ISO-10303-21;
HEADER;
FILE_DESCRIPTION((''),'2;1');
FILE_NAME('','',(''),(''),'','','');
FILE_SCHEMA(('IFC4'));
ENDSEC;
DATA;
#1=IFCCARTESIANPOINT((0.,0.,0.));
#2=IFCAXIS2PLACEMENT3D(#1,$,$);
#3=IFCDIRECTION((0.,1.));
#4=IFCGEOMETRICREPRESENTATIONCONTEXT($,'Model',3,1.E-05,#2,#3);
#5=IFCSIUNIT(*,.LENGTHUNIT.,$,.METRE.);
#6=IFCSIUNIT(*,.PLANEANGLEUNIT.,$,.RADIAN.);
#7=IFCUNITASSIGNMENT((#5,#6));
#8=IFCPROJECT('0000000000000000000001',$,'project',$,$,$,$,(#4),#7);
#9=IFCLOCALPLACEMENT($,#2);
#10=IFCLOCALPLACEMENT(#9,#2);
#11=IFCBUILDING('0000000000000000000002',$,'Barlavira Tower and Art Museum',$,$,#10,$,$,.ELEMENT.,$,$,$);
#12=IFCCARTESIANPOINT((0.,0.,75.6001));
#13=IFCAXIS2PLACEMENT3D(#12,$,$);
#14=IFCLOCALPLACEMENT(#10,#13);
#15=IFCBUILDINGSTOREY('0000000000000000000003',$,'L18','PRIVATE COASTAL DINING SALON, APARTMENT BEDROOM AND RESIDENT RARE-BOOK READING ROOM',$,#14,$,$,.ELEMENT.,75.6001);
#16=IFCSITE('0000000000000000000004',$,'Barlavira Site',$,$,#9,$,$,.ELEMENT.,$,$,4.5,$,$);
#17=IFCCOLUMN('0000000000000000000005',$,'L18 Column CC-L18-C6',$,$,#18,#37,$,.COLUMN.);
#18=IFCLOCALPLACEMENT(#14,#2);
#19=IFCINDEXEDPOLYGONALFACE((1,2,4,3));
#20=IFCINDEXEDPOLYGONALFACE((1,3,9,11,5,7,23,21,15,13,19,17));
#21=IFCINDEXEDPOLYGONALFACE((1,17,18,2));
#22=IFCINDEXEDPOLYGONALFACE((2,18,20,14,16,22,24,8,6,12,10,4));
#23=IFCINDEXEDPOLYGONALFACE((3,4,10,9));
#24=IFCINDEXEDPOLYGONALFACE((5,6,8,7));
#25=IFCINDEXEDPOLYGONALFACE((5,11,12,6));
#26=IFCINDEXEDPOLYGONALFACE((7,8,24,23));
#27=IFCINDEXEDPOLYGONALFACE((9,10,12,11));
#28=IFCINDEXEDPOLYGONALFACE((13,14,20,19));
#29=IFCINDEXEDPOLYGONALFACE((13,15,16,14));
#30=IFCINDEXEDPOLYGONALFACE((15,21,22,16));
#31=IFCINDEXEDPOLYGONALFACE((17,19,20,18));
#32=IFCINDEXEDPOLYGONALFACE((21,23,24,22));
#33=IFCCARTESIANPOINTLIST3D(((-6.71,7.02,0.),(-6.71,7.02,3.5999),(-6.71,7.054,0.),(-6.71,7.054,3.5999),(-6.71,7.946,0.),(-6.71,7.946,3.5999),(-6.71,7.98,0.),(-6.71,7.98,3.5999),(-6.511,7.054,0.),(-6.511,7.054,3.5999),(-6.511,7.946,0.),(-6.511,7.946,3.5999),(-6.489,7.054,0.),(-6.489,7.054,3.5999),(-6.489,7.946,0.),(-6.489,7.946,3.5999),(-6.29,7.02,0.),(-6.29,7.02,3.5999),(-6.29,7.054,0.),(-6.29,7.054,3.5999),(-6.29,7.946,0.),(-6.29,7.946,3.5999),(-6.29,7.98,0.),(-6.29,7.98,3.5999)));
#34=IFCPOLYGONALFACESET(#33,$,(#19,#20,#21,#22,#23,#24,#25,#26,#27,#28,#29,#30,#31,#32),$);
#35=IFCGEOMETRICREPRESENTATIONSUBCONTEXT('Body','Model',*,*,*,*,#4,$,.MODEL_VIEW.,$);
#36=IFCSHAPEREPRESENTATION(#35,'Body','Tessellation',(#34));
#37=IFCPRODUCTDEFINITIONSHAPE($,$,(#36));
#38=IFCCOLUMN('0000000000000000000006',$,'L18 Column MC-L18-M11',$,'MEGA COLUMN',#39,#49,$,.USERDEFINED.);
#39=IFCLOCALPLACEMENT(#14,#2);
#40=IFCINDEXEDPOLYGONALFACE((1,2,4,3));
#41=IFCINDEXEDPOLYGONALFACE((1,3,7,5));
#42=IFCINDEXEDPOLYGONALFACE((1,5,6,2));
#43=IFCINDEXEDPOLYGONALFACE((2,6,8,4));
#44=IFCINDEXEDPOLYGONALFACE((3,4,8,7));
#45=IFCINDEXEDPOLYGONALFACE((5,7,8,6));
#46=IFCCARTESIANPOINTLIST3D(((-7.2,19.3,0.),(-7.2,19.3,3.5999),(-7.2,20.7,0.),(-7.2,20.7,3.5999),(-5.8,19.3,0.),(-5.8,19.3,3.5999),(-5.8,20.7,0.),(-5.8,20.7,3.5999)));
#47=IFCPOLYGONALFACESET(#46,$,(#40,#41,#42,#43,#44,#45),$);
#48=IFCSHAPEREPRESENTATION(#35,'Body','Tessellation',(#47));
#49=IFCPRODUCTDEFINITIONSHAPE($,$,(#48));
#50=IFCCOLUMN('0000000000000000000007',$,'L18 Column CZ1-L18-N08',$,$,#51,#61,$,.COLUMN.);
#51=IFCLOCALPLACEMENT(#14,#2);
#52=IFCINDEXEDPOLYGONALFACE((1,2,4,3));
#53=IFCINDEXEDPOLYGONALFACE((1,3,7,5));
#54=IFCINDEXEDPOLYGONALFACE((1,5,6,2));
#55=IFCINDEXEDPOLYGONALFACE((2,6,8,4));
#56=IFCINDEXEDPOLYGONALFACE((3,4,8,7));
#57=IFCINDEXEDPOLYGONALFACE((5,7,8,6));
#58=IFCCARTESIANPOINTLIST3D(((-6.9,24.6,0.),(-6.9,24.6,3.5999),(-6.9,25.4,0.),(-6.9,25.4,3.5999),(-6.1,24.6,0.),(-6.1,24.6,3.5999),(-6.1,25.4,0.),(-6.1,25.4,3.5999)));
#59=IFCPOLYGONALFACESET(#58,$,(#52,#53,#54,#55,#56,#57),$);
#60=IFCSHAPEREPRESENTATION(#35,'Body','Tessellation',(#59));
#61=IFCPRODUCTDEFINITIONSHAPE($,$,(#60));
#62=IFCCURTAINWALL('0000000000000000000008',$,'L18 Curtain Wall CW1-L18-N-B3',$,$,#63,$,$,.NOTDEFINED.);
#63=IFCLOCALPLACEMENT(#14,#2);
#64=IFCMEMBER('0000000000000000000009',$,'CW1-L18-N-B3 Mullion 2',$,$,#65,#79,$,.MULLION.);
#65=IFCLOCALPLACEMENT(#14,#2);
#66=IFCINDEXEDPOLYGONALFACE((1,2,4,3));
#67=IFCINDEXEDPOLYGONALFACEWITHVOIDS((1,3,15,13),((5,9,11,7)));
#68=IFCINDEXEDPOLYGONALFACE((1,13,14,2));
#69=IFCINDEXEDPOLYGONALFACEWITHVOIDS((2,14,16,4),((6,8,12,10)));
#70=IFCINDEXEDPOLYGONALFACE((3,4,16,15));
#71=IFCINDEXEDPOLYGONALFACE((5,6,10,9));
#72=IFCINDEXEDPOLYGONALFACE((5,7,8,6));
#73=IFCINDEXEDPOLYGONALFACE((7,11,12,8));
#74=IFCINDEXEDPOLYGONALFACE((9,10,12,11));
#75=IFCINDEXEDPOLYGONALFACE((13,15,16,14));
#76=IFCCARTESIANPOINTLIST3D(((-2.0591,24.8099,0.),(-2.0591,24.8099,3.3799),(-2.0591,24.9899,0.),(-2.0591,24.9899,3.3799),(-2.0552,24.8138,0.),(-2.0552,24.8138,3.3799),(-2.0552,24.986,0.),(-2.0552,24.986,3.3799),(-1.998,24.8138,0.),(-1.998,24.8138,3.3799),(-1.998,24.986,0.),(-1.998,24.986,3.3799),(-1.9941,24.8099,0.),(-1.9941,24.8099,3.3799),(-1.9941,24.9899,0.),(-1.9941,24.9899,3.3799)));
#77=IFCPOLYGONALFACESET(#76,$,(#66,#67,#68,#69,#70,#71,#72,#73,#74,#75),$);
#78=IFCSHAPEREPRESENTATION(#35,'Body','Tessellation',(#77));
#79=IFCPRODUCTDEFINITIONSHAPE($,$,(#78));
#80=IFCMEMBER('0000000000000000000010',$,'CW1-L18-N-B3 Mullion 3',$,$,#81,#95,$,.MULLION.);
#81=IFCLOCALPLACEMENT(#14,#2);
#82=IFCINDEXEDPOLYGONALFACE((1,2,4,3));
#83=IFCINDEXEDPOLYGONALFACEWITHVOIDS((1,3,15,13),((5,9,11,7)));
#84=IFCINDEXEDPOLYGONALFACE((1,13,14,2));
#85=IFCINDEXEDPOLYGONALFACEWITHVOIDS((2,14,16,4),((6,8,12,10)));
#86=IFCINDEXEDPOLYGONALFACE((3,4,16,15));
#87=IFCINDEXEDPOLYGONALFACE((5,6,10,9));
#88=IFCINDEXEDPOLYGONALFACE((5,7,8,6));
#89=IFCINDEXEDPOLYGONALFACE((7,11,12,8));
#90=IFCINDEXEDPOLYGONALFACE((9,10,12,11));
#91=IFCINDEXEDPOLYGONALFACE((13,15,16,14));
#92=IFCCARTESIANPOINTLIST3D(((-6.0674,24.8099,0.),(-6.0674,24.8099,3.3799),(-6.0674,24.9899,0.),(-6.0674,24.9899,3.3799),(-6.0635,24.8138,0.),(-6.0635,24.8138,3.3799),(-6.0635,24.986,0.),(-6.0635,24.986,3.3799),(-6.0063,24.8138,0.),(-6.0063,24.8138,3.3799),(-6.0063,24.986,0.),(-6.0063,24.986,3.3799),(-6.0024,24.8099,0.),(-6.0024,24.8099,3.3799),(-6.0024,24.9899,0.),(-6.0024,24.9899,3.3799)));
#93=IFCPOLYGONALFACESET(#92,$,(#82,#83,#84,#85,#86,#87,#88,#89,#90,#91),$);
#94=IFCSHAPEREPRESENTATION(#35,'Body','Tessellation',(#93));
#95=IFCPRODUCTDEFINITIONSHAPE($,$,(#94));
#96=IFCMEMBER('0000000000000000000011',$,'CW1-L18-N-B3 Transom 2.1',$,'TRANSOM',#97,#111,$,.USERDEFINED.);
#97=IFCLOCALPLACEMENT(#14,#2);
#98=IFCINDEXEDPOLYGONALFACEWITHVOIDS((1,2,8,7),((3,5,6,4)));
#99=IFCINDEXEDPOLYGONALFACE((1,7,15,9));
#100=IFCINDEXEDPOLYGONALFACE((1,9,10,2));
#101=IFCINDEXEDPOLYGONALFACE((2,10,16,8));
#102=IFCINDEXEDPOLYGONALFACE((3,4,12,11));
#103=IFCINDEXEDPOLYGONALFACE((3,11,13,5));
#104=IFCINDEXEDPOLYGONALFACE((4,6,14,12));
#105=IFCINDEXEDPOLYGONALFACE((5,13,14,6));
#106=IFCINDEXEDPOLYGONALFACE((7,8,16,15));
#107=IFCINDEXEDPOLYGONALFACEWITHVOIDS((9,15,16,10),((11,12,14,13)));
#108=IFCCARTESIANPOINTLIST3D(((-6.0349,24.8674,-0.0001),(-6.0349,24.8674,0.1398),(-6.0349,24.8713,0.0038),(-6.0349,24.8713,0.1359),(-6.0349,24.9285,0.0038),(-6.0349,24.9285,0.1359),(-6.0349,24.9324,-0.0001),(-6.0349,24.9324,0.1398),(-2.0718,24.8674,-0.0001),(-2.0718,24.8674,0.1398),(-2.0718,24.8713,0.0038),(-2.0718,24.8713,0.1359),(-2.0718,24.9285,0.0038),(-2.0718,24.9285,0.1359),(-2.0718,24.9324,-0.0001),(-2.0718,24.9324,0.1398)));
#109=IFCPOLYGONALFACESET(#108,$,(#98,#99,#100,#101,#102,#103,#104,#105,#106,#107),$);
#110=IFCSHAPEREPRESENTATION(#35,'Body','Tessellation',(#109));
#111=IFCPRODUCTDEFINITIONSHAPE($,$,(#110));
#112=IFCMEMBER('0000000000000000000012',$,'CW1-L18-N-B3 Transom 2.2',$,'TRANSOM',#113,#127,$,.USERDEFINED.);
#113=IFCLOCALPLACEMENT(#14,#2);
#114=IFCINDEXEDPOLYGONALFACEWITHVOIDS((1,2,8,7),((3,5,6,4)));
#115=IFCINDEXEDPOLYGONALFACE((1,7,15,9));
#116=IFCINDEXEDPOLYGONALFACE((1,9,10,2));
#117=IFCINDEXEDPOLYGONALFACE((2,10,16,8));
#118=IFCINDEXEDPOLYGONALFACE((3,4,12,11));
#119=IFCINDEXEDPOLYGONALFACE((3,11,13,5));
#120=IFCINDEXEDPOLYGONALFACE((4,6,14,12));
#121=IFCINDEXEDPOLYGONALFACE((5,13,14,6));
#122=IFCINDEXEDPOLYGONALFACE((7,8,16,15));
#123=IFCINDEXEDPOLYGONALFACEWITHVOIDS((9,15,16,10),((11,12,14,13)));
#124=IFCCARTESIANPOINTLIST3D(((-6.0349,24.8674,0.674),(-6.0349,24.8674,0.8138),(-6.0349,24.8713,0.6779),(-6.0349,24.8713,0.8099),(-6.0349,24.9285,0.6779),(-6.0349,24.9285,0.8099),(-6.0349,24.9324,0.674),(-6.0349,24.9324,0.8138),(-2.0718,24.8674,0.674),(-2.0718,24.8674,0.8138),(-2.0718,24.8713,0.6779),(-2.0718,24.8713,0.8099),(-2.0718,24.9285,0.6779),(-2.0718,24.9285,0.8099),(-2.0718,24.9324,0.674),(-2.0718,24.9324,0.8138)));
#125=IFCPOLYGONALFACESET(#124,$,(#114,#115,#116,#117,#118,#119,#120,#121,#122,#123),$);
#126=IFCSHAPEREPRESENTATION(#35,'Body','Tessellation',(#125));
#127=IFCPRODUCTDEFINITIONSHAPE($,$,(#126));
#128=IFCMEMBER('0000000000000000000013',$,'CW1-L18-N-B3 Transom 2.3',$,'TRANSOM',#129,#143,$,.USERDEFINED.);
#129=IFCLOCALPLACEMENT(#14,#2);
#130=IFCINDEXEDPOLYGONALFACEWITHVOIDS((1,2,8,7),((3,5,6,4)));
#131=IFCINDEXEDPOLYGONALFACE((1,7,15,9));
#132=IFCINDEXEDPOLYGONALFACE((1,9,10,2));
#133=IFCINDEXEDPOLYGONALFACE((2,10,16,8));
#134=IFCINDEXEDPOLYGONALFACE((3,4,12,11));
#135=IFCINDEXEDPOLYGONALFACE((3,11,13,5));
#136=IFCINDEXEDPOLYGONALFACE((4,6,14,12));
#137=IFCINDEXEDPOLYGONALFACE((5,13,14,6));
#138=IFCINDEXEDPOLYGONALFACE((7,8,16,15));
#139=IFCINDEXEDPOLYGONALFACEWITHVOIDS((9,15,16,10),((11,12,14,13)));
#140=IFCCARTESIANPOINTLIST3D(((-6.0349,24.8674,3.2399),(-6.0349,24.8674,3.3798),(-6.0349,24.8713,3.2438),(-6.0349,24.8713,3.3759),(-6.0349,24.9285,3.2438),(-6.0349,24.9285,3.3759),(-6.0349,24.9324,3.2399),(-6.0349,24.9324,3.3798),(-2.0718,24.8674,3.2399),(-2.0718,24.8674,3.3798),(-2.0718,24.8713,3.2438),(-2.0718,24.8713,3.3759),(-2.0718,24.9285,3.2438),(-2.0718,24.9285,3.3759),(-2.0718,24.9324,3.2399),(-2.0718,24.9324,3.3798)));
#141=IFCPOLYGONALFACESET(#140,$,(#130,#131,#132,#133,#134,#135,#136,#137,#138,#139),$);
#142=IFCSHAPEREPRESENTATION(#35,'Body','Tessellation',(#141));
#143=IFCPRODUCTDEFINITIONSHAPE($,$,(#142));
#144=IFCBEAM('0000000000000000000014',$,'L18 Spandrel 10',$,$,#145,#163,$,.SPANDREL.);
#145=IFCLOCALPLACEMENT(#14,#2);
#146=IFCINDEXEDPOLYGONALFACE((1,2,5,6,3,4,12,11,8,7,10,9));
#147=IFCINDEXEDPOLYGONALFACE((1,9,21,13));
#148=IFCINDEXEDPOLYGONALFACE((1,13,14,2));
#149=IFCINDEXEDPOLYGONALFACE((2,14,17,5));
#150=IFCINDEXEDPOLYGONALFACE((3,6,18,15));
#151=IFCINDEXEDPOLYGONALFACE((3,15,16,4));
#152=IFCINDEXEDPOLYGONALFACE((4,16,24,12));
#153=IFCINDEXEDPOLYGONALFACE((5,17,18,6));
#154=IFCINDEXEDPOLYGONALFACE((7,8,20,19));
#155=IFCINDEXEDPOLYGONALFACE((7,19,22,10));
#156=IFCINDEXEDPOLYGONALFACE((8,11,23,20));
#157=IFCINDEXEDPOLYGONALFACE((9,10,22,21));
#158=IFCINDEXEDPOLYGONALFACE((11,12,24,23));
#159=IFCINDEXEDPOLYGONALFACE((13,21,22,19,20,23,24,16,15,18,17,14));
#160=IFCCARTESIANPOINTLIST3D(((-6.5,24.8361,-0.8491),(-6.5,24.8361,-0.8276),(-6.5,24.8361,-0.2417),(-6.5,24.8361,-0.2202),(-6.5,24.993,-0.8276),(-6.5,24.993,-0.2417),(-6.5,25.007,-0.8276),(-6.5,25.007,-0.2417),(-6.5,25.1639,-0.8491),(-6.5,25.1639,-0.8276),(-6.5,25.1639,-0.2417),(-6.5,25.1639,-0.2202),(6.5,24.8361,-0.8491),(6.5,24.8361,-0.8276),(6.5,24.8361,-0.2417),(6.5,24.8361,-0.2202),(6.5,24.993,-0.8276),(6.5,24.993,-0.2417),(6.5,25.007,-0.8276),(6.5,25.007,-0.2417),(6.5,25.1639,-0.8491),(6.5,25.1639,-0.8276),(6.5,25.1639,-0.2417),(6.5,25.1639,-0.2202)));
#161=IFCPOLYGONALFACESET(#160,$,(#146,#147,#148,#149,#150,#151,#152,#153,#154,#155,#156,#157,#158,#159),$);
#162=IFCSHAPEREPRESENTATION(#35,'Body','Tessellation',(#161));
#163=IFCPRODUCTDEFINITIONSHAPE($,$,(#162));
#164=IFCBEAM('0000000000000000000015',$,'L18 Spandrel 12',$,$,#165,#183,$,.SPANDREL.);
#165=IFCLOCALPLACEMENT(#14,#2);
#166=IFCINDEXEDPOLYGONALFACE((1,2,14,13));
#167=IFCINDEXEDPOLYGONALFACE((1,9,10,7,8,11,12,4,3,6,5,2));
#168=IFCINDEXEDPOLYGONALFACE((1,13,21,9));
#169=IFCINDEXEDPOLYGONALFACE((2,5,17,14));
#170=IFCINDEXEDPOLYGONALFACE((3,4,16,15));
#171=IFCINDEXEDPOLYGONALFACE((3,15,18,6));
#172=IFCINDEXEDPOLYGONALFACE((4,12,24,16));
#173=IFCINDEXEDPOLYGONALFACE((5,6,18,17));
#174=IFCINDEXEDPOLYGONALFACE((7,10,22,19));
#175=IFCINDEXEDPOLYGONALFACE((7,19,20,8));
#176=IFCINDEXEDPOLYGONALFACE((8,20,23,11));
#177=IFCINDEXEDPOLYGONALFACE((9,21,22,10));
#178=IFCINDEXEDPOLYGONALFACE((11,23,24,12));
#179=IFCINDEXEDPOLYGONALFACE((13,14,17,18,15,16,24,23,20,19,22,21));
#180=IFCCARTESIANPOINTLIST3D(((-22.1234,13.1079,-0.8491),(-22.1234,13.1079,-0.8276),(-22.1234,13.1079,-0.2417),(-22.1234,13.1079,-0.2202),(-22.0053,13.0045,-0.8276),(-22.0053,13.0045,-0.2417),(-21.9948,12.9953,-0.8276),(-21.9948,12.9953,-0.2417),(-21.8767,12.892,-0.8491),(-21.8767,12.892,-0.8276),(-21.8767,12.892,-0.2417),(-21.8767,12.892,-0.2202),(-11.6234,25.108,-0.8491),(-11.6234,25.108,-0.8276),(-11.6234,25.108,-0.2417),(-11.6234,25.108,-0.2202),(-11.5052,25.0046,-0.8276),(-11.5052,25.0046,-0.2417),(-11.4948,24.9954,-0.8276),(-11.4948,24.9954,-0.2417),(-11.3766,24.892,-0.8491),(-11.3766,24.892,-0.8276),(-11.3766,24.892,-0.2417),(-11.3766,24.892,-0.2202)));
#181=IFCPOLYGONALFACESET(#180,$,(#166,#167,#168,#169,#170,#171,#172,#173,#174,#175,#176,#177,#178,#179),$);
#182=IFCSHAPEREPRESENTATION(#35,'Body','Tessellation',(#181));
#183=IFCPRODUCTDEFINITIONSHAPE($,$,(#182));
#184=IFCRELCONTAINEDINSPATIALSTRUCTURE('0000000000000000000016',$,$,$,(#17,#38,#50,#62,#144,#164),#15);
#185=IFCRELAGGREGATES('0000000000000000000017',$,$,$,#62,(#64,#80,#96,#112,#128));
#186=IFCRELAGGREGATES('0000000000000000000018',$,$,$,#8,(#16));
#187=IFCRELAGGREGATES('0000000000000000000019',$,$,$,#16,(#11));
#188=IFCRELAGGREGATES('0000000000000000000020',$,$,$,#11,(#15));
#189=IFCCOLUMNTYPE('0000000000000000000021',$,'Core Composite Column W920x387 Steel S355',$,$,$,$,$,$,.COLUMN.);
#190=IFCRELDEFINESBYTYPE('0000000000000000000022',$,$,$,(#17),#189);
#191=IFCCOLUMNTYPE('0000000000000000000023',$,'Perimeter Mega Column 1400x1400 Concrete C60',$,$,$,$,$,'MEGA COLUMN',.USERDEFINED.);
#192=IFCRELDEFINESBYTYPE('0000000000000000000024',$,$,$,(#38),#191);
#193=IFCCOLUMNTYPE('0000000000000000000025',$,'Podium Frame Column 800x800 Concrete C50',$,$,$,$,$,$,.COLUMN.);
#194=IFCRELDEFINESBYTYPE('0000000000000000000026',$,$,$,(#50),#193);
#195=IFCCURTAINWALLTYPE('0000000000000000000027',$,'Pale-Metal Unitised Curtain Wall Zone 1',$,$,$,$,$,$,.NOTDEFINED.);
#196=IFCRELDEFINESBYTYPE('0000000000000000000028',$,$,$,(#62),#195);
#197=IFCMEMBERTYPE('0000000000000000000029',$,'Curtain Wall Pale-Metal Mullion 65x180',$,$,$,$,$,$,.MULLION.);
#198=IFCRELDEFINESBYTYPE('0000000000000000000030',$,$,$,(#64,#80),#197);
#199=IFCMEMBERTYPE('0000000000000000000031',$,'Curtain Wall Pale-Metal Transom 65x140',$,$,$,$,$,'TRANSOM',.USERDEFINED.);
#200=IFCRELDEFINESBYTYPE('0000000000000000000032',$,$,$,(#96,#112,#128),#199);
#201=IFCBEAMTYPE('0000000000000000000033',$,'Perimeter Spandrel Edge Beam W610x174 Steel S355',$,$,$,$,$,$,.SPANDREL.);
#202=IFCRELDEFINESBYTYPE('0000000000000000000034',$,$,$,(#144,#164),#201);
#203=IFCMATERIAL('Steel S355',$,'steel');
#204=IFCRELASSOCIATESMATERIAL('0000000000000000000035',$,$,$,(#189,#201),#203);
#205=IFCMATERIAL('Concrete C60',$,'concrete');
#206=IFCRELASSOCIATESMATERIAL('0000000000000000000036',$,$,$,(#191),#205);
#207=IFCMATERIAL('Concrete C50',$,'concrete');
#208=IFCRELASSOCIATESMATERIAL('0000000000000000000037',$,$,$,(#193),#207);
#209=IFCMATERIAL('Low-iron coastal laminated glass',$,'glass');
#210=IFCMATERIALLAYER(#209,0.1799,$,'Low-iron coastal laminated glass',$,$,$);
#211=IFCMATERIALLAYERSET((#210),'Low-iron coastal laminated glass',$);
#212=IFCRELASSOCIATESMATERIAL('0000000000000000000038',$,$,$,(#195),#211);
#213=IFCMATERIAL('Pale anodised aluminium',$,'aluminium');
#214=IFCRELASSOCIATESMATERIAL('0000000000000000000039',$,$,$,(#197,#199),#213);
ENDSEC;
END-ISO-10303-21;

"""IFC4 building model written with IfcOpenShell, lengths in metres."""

from ifc_helpers import new_model, si_unit, direction, frame, origin, origin_2d, place, context, subcontext, project, spatial, rectangle, hollow_rectangle, i_section, extrude, material, layer, layer_set, material_profile, profile_set, type_object, element, aggregate, save


model = new_model("IFC4")

# Units and contexts
model_context = context("Model", 3, precision=1e-05, world=origin(), true_north=direction((0.0, 1.0)))
body_context = subcontext(model_context, "Body", "Model", "MODEL_VIEW")
ifc_project = project(units=[si_unit("LENGTHUNIT", "METRE"), si_unit("PLANEANGLEUNIT", "RADIAN")], contexts=[model_context])

# Site, building, storey
site_placement = place(None, origin())
site = spatial("IfcSite", under=ifc_project, at=site_placement, Name="Barlavira Site", CompositionType="ELEMENT", RefElevation=4.5)
building_placement = place(site_placement, origin())
building = spatial("IfcBuilding", under=site, at=building_placement, Name="Barlavira Tower and Art Museum", CompositionType="ELEMENT")
storey_placement = place(building_placement, frame((0.0, 0.0, 75.6001)))
storey = spatial("IfcBuildingStorey", under=building, at=storey_placement, Name="L18", Description="PRIVATE COASTAL DINING SALON, APARTMENT BEDROOM AND RESIDENT RARE-BOOK READING ROOM", CompositionType="ELEMENT", Elevation=75.6001)

# Columns
ifc_material_1 = material(Name="Steel S355", Category="steel")
ifc_material_profile_1 = material_profile(ifc_material_1, i_section(OverallWidth=0.4199, OverallDepth=0.96, WebThickness=0.022, FlangeThickness=0.0339, at=origin_2d()), Name="W920x387.0")
ifc_profile_set_1 = profile_set([ifc_material_profile_1], Name="Steel S355")
column_type_1 = type_object("IfcColumnType", Name="Core Composite Column W920x387 Steel S355", PredefinedType="COLUMN", material=ifc_profile_set_1)
column_1_placement = place(storey_placement, frame((-6.5, 7.5, 0.0), z_axis=(0.0, 0.0, 1.0), x_axis=(1.0, 0.0, 0.0)))
element("IfcColumn", 1, at=column_1_placement, inside=storey, type_object=column_type_1, Name="L18 Column CC-L18-C6", PredefinedType="COLUMN", context=body_context, shape_type="SweptSolid", body=[
    extrude(i_section(OverallWidth=0.4199, OverallDepth=0.96, WebThickness=0.022, FlangeThickness=0.0339, at=origin_2d()), origin(), (0.0, 0.0, 1.0), 3.5999),
])
ifc_material_2 = material(Name="Concrete C60", Category="concrete")
ifc_material_profile_2 = material_profile(ifc_material_2, rectangle(XDim=1.3999, YDim=1.3999, at=origin_2d()), Name="RC-MCOL 1400x1400")
ifc_profile_set_2 = profile_set([ifc_material_profile_2], Name="Concrete C60")
column_type_2 = type_object("IfcColumnType", Name="Perimeter Mega Column 1400x1400 Concrete C60", ElementType="MEGA COLUMN", PredefinedType="USERDEFINED", material=ifc_profile_set_2)
column_2_placement = place(storey_placement, frame((-6.5, 20.0, 0.0), z_axis=(0.0, 0.0, 1.0), x_axis=(1.0, 0.0, 0.0)))
element("IfcColumn", 2, at=column_2_placement, inside=storey, type_object=column_type_2, Name="L18 Column MC-L18-M11", ObjectType="MEGA COLUMN", PredefinedType="USERDEFINED", context=body_context, shape_type="SweptSolid", body=[
    extrude(rectangle(XDim=1.3999, YDim=1.3999, at=origin_2d()), origin(), (0.0, 0.0, 1.0), 3.5999),
])
ifc_material_3 = material(Name="Concrete C50", Category="concrete")
ifc_material_profile_3 = material_profile(ifc_material_3, rectangle(XDim=0.8, YDim=0.8, at=origin_2d()), Name="RC-COL 800x800")
ifc_profile_set_3 = profile_set([ifc_material_profile_3], Name="Concrete C50")
column_type_3 = type_object("IfcColumnType", Name="Podium Frame Column 800x800 Concrete C50", PredefinedType="COLUMN", material=ifc_profile_set_3)
column_3_placement = place(storey_placement, frame((-6.5, 25.0, 0.0), z_axis=(0.0, 0.0, 1.0), x_axis=(1.0, 0.0, 0.0)))
element("IfcColumn", 3, at=column_3_placement, inside=storey, type_object=column_type_3, Name="L18 Column CZ1-L18-N08", PredefinedType="COLUMN", context=body_context, shape_type="SweptSolid", body=[
    extrude(rectangle(XDim=0.8, YDim=0.8, at=origin_2d()), origin(), (0.0, 0.0, 1.0), 3.5999),
])

# Curtain wall, members
ifc_material_4 = material(Name="Low-iron coastal laminated glass", Category="glass")
ifc_layer_1 = layer(ifc_material_4, 0.1799, Name="Low-iron coastal laminated glass")
ifc_layer_set_1 = layer_set([ifc_layer_1], Name="Low-iron coastal laminated glass")
curtain_wall_type = type_object("IfcCurtainWallType", Name="Pale-Metal Unitised Curtain Wall Zone 1", PredefinedType="NOTDEFINED", material=ifc_layer_set_1)
curtain_wall_placement = place(storey_placement, origin())
curtain_wall = element("IfcCurtainWall", 4, at=curtain_wall_placement, inside=storey, type_object=curtain_wall_type, Name="L18 Curtain Wall CW1-L18-N-B3", PredefinedType="NOTDEFINED")
ifc_material_5 = material(Name="Pale anodised aluminium", Category="aluminium")
ifc_material_profile_4 = material_profile(ifc_material_5, hollow_rectangle(XDim=0.0649, YDim=0.1799, WallThickness=0.0039, at=origin_2d()), Name="ALU-MULL 65x180x4")
ifc_profile_set_4 = profile_set([ifc_material_profile_4], Name="Pale anodised aluminium")
member_type_1 = type_object("IfcMemberType", Name="Curtain Wall Pale-Metal Mullion 65x180", PredefinedType="MULLION", material=ifc_profile_set_4)
member_1_placement = place(storey_placement, frame((-2.0266, 24.8999, 0.0), z_axis=(0.0, 0.0, 1.0), x_axis=(-1.0, 0.0, 0.0)))
member_1 = element("IfcMember", 5, at=member_1_placement, type_object=member_type_1, Name="CW1-L18-N-B3 Mullion 2", PredefinedType="MULLION", context=body_context, shape_type="SweptSolid", body=[
    extrude(hollow_rectangle(XDim=0.0649, YDim=0.1799, WallThickness=0.0039, at=origin_2d()), origin(), (0.0, 0.0, 1.0), 3.3799),
])
member_2_placement = place(storey_placement, frame((-6.0349, 24.8999, 0.0), z_axis=(0.0, 0.0, 1.0), x_axis=(-1.0, 0.0, 0.0)))
member_2 = element("IfcMember", 6, at=member_2_placement, type_object=member_type_1, Name="CW1-L18-N-B3 Mullion 3", PredefinedType="MULLION", context=body_context, shape_type="SweptSolid", body=[
    extrude(hollow_rectangle(XDim=0.0649, YDim=0.1799, WallThickness=0.0039, at=origin_2d()), origin(), (0.0, 0.0, 1.0), 3.3799),
])
ifc_material_profile_5 = material_profile(ifc_material_5, hollow_rectangle(XDim=0.0649, YDim=0.1399, WallThickness=0.0039, at=origin_2d()), Name="ALU-TRAN 65x140x4")
ifc_profile_set_5 = profile_set([ifc_material_profile_5], Name="Pale anodised aluminium")
member_type_2 = type_object("IfcMemberType", Name="Curtain Wall Pale-Metal Transom 65x140", ElementType="TRANSOM", PredefinedType="USERDEFINED", material=ifc_profile_set_5)
member_3_placement = place(storey_placement, frame((-2.0718, 24.8999, 0.0698), z_axis=(-1.0, 0.0, 0.0), x_axis=(0.0, -1.0, 0.0)))
member_3 = element("IfcMember", 7, at=member_3_placement, type_object=member_type_2, Name="CW1-L18-N-B3 Transom 2.1", ObjectType="TRANSOM", PredefinedType="USERDEFINED", context=body_context, shape_type="SweptSolid", body=[
    extrude(hollow_rectangle(XDim=0.0649, YDim=0.1399, WallThickness=0.0039, at=origin_2d()), origin(), (0.0, 0.0, 1.0), 3.9631),
])
member_4_placement = place(storey_placement, frame((-2.0718, 24.8999, 0.7439), z_axis=(-1.0, 0.0, 0.0), x_axis=(0.0, -1.0, 0.0)))
member_4 = element("IfcMember", 8, at=member_4_placement, type_object=member_type_2, Name="CW1-L18-N-B3 Transom 2.2", ObjectType="TRANSOM", PredefinedType="USERDEFINED", context=body_context, shape_type="SweptSolid", body=[
    extrude(hollow_rectangle(XDim=0.0649, YDim=0.1399, WallThickness=0.0039, at=origin_2d()), origin(), (0.0, 0.0, 1.0), 3.9631),
])
member_5_placement = place(storey_placement, frame((-2.0718, 24.8999, 3.3098), z_axis=(-1.0, 0.0, 0.0), x_axis=(0.0, -1.0, 0.0)))
member_5 = element("IfcMember", 9, at=member_5_placement, type_object=member_type_2, Name="CW1-L18-N-B3 Transom 2.3", ObjectType="TRANSOM", PredefinedType="USERDEFINED", context=body_context, shape_type="SweptSolid", body=[
    extrude(hollow_rectangle(XDim=0.0649, YDim=0.1399, WallThickness=0.0039, at=origin_2d()), origin(), (0.0, 0.0, 1.0), 3.9631),
])

# Beams
ifc_material_profile_6 = material_profile(ifc_material_1, i_section(OverallWidth=0.3279, OverallDepth=0.6289, WebThickness=0.0139, FlangeThickness=0.0215, at=origin_2d()), Name="W610x174.0")
ifc_profile_set_6 = profile_set([ifc_material_profile_6], Name="Steel S355")
beam_type_1 = type_object("IfcBeamType", Name="Perimeter Spandrel Edge Beam W610x174 Steel S355", PredefinedType="SPANDREL", material=ifc_profile_set_6)
beam_1_placement = place(storey_placement, frame((-6.5, 25.0, -0.5347), z_axis=(1.0, 0.0, 0.0), x_axis=(0.0, 1.0, 0.0)))
element("IfcBeam", 10, at=beam_1_placement, inside=storey, type_object=beam_type_1, Name="L18 Spandrel 10", PredefinedType="SPANDREL", context=body_context, shape_type="SweptSolid", body=[
    extrude(i_section(OverallWidth=0.3279, OverallDepth=0.6289, WebThickness=0.0139, FlangeThickness=0.0215, at=origin_2d()), origin(), (0.0, 0.0, 1.0), 13.0),
])
beam_2_placement = place(storey_placement, frame((-11.5, 25.0, -0.5347), z_axis=(-0.658505, -0.752577, 0.0), x_axis=(0.752577, -0.658505, 0.0)))
element("IfcBeam", 11, at=beam_2_placement, inside=storey, type_object=beam_type_1, Name="L18 Spandrel 12", PredefinedType="SPANDREL", context=body_context, shape_type="SweptSolid", body=[
    extrude(i_section(OverallWidth=0.3279, OverallDepth=0.6289, WebThickness=0.0139, FlangeThickness=0.0215, at=origin_2d()), origin(), (0.0, 0.0, 1.0), 15.9453),
])

aggregate(curtain_wall, [member_1, member_2, member_3, member_4, member_5])

save(model, "model.ifc")
